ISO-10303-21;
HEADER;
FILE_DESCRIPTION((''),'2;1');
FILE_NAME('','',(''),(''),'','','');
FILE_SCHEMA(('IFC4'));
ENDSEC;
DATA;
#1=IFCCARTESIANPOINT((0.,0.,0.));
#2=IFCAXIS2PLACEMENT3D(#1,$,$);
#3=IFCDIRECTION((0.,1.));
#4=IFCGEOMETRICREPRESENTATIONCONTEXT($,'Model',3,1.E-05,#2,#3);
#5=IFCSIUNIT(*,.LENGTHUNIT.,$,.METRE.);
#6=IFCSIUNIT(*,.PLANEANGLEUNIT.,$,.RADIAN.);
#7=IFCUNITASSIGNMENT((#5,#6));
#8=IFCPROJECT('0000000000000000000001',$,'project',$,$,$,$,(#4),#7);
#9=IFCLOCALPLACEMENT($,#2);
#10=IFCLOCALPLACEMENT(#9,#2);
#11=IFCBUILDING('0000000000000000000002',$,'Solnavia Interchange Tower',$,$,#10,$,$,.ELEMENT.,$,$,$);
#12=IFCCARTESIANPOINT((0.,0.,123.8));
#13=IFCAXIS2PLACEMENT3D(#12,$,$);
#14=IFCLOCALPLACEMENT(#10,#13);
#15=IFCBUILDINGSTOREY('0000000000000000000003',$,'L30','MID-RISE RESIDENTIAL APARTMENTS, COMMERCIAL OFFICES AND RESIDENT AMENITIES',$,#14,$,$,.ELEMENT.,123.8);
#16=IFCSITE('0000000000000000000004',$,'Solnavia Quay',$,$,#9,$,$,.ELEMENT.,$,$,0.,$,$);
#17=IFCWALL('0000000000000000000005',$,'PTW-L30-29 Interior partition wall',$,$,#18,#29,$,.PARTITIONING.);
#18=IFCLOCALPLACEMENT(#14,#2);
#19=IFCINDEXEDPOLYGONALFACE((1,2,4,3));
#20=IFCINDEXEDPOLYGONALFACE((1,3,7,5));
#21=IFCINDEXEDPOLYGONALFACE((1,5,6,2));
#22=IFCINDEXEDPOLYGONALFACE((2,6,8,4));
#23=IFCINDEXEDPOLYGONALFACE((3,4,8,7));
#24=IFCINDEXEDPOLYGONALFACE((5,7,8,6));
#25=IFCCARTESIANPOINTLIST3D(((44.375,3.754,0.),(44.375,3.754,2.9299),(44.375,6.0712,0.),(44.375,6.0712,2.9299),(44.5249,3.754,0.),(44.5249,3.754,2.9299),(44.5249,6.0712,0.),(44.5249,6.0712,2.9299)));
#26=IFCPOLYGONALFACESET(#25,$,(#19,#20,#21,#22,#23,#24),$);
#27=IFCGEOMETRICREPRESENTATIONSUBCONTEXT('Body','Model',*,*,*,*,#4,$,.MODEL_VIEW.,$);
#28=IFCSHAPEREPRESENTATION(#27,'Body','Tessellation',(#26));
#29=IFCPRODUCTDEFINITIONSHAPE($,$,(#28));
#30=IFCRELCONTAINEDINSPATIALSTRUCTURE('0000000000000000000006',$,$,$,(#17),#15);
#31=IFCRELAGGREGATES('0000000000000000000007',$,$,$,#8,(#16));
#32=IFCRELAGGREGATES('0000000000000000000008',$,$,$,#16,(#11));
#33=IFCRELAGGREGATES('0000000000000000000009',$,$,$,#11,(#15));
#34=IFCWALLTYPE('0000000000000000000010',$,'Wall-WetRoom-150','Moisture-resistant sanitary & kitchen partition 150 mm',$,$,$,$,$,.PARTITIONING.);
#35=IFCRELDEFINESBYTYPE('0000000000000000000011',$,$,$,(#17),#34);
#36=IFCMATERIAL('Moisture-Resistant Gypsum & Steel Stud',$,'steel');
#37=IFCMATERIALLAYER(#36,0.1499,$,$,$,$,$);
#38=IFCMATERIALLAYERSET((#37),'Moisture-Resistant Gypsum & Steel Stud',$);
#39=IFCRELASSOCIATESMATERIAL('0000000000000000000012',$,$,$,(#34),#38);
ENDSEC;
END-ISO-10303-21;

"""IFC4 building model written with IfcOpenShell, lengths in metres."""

from ifc_helpers import new_model, si_unit, direction, frame, frame_2d, origin, place, context, subcontext, project, spatial, rectangle, extrude, material, layer, layer_set, type_object, element, save


model = new_model("IFC4")

# Units and contexts
model_context = context("Model", 3, precision=1e-05, world=origin(), true_north=direction((0.0, 1.0)))
body_context = subcontext(model_context, "Body", "Model", "MODEL_VIEW")
ifc_project = project(units=[si_unit("LENGTHUNIT", "METRE"), si_unit("PLANEANGLEUNIT", "RADIAN")], contexts=[model_context])

# Site, building, storey
site_placement = place(None, origin())
site = spatial("IfcSite", under=ifc_project, at=site_placement, Name="Solnavia Quay", CompositionType="ELEMENT", RefElevation=0.0)
building_placement = place(site_placement, origin())
building = spatial("IfcBuilding", under=site, at=building_placement, Name="Solnavia Interchange Tower", CompositionType="ELEMENT")
storey_placement = place(building_placement, frame((0.0, 0.0, 123.8)))
storey = spatial("IfcBuildingStorey", under=building, at=storey_placement, Name="L30", Description="MID-RISE RESIDENTIAL APARTMENTS, COMMERCIAL OFFICES AND RESIDENT AMENITIES", CompositionType="ELEMENT", Elevation=123.8)

# Shared definitions
ifc_material_1 = material(Name="Moisture-Resistant Gypsum & Steel Stud", Category="steel")
ifc_layer_1 = layer(ifc_material_1, 0.1499)
ifc_layer_set_1 = layer_set([ifc_layer_1], Name="Moisture-Resistant Gypsum & Steel Stud")
wall_type_1 = type_object("IfcWallType", Name="Wall-WetRoom-150", Description="Moisture-resistant sanitary & kitchen partition 150 mm", PredefinedType="PARTITIONING", material=ifc_layer_set_1)

# Wall
wall_1_placement = place(storey_placement, frame((44.45, 3.7539, 0.0), z_axis=(0.0, 0.0, 1.0), x_axis=(0.0, 1.0, 0.0)))
element("IfcWall", 1, at=wall_1_placement, inside=storey, type_object=wall_type_1, Name="PTW-L30-29 Interior partition wall", PredefinedType="PARTITIONING", context=body_context, shape_type="SweptSolid", body=[
    extrude(rectangle(XDim=2.3171, YDim=0.1499, at=frame_2d((1.1587, 0.0))), origin(), (0.0, 0.0, 1.0), 2.9299),
])

save(model, "model.ifc")
